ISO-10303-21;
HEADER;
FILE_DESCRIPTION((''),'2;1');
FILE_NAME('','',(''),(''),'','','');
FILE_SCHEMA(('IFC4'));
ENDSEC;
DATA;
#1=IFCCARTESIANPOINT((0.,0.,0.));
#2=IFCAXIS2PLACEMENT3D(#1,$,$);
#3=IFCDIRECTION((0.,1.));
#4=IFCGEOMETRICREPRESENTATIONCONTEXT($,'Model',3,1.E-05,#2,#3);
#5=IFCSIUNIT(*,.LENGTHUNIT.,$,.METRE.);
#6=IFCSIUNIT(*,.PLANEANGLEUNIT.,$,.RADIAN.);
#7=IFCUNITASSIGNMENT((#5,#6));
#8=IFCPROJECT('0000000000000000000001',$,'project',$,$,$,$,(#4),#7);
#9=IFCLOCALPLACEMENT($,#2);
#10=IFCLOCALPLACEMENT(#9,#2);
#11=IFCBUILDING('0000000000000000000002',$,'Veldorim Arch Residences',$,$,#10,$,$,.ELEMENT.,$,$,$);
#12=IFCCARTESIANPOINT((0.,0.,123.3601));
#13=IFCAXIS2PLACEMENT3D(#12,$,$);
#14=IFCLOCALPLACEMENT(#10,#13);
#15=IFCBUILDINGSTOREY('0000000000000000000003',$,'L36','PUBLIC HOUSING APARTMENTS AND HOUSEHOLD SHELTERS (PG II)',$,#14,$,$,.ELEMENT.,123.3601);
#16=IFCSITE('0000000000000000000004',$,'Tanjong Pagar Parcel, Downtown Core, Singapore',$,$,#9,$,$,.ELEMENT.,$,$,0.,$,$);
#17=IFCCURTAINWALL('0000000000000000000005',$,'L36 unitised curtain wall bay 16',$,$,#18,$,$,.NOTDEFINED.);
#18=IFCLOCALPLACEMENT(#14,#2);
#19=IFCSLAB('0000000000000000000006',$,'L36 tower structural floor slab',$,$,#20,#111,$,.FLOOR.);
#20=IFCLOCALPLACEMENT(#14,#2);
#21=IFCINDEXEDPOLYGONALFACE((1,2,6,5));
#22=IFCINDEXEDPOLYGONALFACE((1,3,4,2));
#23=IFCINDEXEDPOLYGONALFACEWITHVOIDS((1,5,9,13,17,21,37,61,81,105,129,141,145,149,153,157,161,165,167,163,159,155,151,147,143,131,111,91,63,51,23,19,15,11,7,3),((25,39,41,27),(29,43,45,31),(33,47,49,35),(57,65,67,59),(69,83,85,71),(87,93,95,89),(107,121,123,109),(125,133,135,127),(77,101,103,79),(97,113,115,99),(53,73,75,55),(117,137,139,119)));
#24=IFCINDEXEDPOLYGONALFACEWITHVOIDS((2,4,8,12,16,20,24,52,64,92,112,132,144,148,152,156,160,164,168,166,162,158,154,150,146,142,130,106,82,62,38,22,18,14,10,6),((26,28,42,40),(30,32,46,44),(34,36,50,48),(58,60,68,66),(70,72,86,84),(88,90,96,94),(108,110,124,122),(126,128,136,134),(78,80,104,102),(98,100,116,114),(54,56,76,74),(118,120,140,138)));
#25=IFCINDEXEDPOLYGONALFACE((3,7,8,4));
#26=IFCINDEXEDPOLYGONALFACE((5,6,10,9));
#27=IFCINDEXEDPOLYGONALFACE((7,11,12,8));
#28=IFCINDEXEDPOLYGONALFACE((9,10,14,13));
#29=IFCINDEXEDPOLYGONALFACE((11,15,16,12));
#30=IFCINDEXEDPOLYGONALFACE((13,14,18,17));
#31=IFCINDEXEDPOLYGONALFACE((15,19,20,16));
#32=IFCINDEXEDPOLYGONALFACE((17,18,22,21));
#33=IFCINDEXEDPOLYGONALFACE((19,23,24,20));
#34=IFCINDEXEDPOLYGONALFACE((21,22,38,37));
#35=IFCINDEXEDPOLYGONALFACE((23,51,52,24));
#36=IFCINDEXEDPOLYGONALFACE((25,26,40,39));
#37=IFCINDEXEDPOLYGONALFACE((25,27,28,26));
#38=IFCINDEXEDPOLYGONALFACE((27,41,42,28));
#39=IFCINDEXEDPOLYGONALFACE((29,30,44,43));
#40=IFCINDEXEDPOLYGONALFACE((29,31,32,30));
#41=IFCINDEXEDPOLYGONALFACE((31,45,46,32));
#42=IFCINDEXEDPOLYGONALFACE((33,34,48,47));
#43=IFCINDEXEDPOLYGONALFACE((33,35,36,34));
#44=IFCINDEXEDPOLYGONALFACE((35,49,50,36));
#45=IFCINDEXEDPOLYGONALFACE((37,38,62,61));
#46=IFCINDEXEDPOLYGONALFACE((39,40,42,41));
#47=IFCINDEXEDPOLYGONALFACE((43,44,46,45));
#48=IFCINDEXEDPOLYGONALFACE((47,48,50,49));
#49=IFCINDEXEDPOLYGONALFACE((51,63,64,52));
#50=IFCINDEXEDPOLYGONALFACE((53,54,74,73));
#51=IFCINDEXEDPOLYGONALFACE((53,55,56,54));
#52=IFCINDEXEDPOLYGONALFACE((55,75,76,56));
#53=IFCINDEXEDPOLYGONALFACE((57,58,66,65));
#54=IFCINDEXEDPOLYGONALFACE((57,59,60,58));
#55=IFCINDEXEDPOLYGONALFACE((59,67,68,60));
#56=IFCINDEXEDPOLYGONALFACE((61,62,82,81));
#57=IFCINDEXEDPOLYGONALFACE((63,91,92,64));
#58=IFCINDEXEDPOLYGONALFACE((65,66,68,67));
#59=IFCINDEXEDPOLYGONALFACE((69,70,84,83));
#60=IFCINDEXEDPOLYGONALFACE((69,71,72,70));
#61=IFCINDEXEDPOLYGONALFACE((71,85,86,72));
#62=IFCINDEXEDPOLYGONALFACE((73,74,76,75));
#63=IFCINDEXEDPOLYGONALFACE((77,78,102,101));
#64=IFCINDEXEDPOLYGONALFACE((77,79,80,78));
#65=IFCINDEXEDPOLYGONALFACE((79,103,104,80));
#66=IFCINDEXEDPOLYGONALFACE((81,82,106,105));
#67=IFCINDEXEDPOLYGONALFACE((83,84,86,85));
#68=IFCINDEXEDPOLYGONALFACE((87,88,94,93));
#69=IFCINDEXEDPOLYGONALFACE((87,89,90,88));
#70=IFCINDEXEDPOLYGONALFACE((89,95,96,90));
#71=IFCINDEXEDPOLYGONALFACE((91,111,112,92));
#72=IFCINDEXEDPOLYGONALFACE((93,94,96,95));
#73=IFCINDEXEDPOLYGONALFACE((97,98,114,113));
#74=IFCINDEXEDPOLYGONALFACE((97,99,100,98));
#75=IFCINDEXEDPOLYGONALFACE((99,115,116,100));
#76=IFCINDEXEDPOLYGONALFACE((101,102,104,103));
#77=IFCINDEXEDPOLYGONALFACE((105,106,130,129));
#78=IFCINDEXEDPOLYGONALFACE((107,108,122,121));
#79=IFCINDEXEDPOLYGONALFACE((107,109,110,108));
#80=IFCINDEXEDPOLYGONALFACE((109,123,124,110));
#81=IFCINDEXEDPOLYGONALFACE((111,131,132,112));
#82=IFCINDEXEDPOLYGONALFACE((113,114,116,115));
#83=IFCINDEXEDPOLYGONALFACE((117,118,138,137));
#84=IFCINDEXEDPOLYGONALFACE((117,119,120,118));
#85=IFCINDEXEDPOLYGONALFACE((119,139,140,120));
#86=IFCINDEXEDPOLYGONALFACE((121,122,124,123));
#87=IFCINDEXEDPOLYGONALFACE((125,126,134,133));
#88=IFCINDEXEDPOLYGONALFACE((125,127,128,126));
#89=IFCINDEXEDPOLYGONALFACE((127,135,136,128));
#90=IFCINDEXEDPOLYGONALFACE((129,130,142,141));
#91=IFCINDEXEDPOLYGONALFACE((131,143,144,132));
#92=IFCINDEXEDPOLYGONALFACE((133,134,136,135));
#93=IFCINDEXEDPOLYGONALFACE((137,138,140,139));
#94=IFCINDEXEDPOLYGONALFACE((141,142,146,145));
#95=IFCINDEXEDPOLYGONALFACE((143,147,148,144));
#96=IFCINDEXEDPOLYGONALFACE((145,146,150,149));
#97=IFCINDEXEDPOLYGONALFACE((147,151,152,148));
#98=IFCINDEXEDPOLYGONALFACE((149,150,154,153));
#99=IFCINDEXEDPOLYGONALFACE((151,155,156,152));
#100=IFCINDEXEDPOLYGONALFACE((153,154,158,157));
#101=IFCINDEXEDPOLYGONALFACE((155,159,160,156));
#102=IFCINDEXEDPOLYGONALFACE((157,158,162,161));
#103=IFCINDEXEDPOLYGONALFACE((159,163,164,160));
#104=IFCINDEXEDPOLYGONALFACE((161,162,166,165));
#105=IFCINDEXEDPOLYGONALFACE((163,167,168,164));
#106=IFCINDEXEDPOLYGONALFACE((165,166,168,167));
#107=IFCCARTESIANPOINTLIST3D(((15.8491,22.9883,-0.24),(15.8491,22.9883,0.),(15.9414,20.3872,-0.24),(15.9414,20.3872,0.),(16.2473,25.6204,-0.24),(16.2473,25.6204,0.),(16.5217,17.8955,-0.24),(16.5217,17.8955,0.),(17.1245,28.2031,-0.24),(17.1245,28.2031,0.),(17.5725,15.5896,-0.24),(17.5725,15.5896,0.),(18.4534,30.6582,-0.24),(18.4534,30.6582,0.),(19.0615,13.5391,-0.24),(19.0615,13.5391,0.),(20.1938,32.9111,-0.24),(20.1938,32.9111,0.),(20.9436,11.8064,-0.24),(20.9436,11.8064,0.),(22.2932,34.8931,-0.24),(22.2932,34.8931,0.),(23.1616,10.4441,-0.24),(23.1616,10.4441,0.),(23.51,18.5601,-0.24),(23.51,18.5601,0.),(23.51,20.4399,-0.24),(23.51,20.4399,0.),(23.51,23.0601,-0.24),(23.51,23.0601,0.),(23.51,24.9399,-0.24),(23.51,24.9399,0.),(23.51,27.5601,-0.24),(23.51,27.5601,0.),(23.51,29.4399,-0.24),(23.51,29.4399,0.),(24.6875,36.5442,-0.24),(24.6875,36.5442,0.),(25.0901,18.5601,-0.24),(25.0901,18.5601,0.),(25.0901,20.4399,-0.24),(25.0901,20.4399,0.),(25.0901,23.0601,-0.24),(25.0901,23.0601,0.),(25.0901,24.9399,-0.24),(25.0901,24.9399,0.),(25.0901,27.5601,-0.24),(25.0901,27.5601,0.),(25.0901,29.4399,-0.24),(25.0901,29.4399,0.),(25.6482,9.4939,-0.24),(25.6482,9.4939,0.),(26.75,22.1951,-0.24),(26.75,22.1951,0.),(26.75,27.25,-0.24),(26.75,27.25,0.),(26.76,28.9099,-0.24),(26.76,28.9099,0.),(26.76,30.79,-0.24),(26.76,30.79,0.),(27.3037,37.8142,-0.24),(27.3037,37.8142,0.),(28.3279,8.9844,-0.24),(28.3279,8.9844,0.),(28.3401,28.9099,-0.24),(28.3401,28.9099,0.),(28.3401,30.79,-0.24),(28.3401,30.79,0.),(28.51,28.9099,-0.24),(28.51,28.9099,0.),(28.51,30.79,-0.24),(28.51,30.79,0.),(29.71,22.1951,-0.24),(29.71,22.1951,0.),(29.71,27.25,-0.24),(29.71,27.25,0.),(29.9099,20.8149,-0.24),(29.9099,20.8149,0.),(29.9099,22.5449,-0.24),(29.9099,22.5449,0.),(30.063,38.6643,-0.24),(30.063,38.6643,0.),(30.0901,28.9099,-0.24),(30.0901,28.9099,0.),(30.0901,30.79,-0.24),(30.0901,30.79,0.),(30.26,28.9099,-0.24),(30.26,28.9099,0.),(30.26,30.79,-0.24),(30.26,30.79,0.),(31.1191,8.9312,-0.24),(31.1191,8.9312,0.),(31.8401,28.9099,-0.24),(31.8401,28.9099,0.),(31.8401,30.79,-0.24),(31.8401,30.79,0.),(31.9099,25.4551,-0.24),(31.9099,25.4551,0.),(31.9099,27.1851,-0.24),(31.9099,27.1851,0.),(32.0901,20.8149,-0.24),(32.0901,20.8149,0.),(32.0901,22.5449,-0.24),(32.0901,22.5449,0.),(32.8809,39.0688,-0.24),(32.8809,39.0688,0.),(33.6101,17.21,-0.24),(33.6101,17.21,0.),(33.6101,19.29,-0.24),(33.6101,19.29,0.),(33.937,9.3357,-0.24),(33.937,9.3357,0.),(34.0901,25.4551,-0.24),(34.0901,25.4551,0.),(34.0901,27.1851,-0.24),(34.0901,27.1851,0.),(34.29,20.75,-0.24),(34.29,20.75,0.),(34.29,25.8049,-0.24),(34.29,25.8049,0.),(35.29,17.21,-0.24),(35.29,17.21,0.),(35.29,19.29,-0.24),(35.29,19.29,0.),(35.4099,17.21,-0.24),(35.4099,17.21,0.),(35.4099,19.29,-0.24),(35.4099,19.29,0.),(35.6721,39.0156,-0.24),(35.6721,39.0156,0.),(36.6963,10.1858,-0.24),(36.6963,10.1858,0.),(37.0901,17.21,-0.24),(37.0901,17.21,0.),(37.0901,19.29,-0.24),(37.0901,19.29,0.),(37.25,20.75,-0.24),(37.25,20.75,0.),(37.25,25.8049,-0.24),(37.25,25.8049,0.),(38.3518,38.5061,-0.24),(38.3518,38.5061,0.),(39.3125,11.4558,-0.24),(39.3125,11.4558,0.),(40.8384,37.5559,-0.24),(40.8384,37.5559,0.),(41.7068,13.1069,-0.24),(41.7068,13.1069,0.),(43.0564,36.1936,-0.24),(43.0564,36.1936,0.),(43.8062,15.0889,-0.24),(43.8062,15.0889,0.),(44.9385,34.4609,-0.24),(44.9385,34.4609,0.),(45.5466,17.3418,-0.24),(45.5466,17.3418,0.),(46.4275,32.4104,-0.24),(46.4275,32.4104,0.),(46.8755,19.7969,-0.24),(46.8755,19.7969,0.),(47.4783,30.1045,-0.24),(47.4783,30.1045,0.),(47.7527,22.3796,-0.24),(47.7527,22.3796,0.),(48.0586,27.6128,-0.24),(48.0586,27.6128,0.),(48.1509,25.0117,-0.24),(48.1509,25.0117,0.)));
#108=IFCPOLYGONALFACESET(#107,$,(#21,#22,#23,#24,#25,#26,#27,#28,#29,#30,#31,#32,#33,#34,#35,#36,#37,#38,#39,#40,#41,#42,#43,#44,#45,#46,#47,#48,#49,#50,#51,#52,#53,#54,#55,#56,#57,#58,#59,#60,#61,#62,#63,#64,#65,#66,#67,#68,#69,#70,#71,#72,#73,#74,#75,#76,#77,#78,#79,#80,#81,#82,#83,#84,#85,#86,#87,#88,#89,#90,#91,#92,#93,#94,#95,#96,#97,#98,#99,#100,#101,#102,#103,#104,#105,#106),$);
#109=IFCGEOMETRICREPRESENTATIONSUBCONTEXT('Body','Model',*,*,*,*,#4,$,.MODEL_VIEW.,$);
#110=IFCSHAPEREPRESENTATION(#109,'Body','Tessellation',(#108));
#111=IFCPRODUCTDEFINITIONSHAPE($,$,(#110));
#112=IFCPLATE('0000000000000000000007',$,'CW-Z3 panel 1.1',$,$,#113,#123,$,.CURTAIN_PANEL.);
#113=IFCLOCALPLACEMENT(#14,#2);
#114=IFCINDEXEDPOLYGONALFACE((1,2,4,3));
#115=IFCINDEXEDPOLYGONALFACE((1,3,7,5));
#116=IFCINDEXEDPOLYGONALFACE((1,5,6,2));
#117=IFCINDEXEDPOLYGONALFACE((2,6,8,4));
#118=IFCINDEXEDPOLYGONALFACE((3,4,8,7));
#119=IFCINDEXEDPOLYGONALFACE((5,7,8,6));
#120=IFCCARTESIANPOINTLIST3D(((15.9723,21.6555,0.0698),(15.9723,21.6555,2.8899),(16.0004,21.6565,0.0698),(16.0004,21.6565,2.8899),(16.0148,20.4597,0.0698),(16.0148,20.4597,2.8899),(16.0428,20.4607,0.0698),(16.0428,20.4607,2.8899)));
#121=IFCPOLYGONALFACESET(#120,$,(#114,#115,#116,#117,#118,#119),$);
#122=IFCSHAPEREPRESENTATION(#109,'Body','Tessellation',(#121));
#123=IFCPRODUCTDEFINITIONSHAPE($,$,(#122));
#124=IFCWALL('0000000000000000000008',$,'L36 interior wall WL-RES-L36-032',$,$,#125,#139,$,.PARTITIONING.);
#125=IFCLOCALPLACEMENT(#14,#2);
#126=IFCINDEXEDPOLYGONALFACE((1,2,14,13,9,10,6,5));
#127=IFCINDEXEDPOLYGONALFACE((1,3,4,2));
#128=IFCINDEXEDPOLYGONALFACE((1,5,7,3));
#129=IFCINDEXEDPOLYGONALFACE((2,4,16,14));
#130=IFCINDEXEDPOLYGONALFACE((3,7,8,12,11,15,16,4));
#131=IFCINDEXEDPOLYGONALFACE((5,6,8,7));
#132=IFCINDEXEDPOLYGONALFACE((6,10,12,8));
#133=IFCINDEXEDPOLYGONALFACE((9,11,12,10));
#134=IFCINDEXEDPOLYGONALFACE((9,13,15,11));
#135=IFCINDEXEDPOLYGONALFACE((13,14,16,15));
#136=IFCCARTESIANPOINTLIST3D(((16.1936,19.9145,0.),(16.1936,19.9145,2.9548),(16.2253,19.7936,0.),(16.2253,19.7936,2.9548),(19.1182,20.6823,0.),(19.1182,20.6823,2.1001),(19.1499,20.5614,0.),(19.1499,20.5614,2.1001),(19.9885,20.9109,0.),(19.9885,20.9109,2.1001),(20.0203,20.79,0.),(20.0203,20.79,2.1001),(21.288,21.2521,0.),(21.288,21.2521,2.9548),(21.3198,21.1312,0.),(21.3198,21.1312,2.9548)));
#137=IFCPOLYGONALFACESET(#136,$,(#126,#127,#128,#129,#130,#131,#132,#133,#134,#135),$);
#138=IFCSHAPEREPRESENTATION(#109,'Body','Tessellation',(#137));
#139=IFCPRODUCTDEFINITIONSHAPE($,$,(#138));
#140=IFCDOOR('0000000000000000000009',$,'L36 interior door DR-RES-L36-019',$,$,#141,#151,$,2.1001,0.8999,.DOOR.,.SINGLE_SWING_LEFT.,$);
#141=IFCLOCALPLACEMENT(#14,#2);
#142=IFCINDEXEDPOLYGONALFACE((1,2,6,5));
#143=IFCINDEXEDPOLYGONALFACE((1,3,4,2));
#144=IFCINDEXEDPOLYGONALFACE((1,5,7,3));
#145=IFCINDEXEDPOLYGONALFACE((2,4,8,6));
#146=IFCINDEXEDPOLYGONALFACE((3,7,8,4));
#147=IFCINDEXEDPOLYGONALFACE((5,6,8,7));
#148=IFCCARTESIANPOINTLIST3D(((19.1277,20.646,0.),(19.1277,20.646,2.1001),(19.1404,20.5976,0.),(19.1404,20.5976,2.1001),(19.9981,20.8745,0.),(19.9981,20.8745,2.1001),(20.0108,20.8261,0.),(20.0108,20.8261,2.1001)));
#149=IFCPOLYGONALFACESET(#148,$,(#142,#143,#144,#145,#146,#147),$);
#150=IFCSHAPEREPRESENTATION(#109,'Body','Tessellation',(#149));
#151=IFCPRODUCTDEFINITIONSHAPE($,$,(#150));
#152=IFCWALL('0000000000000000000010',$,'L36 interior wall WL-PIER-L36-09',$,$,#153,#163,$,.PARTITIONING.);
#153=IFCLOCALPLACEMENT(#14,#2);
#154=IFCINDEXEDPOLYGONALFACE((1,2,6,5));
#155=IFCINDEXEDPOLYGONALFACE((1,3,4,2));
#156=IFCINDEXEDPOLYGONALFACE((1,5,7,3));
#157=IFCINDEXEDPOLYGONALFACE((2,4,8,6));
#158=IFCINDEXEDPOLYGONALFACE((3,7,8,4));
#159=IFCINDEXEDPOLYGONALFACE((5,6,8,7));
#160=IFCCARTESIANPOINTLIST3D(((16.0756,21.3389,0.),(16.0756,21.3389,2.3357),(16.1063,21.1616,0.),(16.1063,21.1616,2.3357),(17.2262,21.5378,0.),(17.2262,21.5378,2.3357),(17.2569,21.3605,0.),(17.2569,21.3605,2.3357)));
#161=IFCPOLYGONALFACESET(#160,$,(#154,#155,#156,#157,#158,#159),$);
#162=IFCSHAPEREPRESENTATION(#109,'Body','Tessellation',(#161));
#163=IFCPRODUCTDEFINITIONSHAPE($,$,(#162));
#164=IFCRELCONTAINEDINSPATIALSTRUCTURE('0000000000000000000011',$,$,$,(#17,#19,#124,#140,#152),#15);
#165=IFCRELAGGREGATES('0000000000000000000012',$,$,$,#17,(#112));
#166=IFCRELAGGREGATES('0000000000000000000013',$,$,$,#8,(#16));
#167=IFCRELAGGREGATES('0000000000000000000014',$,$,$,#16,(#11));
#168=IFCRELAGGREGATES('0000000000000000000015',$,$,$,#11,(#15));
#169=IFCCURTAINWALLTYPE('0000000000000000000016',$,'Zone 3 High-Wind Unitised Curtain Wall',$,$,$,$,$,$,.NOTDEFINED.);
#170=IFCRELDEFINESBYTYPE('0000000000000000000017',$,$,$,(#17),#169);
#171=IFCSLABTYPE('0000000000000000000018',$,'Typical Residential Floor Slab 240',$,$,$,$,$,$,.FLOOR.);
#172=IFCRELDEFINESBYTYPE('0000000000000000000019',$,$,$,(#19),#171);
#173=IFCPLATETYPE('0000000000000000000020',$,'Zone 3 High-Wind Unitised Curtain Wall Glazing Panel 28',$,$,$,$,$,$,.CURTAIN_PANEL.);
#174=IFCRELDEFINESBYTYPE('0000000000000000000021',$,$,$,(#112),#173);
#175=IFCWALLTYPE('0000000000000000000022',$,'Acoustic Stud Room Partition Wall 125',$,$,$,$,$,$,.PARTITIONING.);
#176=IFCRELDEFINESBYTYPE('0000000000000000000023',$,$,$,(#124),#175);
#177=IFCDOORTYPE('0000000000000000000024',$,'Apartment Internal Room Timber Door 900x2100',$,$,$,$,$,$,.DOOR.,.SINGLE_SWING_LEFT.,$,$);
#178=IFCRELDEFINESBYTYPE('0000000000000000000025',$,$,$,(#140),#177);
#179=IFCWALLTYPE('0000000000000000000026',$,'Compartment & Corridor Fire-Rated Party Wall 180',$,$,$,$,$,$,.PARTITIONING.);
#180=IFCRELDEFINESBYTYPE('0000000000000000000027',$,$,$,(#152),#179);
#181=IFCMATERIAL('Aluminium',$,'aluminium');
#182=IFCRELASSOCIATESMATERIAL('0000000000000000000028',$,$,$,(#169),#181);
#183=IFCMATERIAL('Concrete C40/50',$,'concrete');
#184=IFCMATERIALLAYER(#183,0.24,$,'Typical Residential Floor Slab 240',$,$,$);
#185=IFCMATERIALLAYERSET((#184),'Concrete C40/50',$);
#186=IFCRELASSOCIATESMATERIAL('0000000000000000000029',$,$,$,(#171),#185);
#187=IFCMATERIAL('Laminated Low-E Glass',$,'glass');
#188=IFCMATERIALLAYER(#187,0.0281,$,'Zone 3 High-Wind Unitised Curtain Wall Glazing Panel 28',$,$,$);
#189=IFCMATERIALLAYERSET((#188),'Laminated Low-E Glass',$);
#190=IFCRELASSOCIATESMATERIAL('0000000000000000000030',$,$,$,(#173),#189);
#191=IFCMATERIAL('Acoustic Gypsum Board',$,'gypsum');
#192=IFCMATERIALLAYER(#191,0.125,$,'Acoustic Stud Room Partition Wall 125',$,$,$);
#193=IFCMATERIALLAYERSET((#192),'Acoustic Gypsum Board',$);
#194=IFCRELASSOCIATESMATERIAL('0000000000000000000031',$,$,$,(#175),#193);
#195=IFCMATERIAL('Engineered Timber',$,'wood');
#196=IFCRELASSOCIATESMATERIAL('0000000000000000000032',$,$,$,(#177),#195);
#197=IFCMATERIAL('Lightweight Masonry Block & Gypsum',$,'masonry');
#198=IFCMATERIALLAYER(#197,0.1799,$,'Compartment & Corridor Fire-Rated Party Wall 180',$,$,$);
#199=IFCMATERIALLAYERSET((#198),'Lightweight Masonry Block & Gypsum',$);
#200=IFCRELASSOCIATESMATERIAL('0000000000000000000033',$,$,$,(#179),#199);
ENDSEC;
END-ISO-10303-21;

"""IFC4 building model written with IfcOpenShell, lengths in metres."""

from ifc_helpers import new_model, si_unit, direction, frame, frame_2d, origin, origin_2d, place, context, subcontext, project, spatial, polyline, rectangle, outline, extrude, material, layer, layer_set, type_object, element, fill, aggregate, save


model = new_model("IFC4")

# Units and contexts
model_context = context("Model", 3, precision=1e-05, world=origin(), true_north=direction((0.0, 1.0)))
body_context = subcontext(model_context, "Body", "Model", "MODEL_VIEW")
ifc_project = project(units=[si_unit("LENGTHUNIT", "METRE"), si_unit("PLANEANGLEUNIT", "RADIAN")], contexts=[model_context])

# Site, building, storey
site_placement = place(None, origin())
site = spatial("IfcSite", under=ifc_project, at=site_placement, Name="Tanjong Pagar Parcel, Downtown Core, Singapore", CompositionType="ELEMENT", RefElevation=0.0)
building_placement = place(site_placement, origin())
building = spatial("IfcBuilding", under=site, at=building_placement, Name="Veldorim Arch Residences", CompositionType="ELEMENT")
storey_placement = place(building_placement, frame((0.0, 0.0, 123.3601)))
storey = spatial("IfcBuildingStorey", under=building, at=storey_placement, Name="L36", Description="PUBLIC HOUSING APARTMENTS AND HOUSEHOLD SHELTERS (PG II)", CompositionType="ELEMENT", Elevation=123.3601)

# Curtain wall
ifc_material_1 = material(Name="Aluminium", Category="aluminium")
curtain_wall_type = type_object("IfcCurtainWallType", Name="Zone 3 High-Wind Unitised Curtain Wall", PredefinedType="NOTDEFINED", material=ifc_material_1)
curtain_wall_placement = place(storey_placement, origin())
curtain_wall = element("IfcCurtainWall", 1, at=curtain_wall_placement, inside=storey, type_object=curtain_wall_type, Name="L36 unitised curtain wall bay 16", PredefinedType="NOTDEFINED")

# Slab
ifc_material_2 = material(Name="Concrete C40/50", Category="concrete")
ifc_layer_1 = layer(ifc_material_2, 0.24, Name="Typical Residential Floor Slab 240")
ifc_layer_set_1 = layer_set([ifc_layer_1], Name="Concrete C40/50")
slab_type_1 = type_object("IfcSlabType", Name="Typical Residential Floor Slab 240", PredefinedType="FLOOR", material=ifc_layer_set_1)
slab_1_placement = place(storey_placement, frame((0.0, 0.0, -0.24)))
element("IfcSlab", 2, at=slab_1_placement, inside=storey, type_object=slab_type_1, Name="L36 tower structural floor slab", PredefinedType="FLOOR", context=body_context, shape_type="SweptSolid", body=[
    extrude(outline(polyline([(46.4275, 32.4104), (44.9385, 34.4609), (43.0564, 36.1936), (40.8384, 37.5559), (38.3518, 38.5061), (35.6721, 39.0156), (32.8809, 39.0688), (30.063, 38.6643), (27.3037, 37.8142), (24.6875, 36.5442), (22.2932, 34.8931), (20.1938, 32.9111), (18.4534, 30.6582), (17.1245, 28.2031), (16.2473, 25.6204), (15.8491, 22.9883), (15.9414, 20.3872), (16.5217, 17.8955), (17.5725, 15.5896), (19.0615, 13.5391), (20.9436, 11.8064), (23.1616, 10.4441), (25.6482, 9.4939), (28.3279, 8.9844), (31.1191, 8.9312), (33.937, 9.3357), (36.6963, 10.1858), (39.3125, 11.4558), (41.7068, 13.1069), (43.8062, 15.0889), (45.5466, 17.3418), (46.8755, 19.7969), (47.7527, 22.3796), (48.1509, 25.0117), (48.0586, 27.6128), (47.4783, 30.1045), (46.4275, 32.4104)]), holes=[polyline([(23.51, 18.5601), (23.51, 20.4399), (25.0901, 20.4399), (25.0901, 18.5601), (23.51, 18.5601)]), polyline([(23.51, 24.9399), (25.0901, 24.9399), (25.0901, 23.0601), (23.51, 23.0601), (23.51, 24.9399)]), polyline([(26.75, 27.25), (29.71, 27.25), (29.71, 22.1951), (26.75, 22.1951), (26.75, 27.25)]), polyline([(23.51, 27.5601), (23.51, 29.4399), (25.0901, 29.4399), (25.0901, 27.5601), (23.51, 27.5601)]), polyline([(26.76, 30.79), (28.3401, 30.79), (28.3401, 28.9099), (26.76, 28.9099), (26.76, 30.79)]), polyline([(28.51, 30.79), (30.0901, 30.79), (30.0901, 28.9099), (28.51, 28.9099), (28.51, 30.79)]), polyline([(33.6101, 17.21), (33.6101, 19.29), (35.29, 19.29), (35.29, 17.21), (33.6101, 17.21)]), polyline([(35.4099, 19.29), (37.0901, 19.29), (37.0901, 17.21), (35.4099, 17.21), (35.4099, 19.29)]), polyline([(29.9099, 22.5449), (32.0901, 22.5449), (32.0901, 20.8149), (29.9099, 20.8149), (29.9099, 22.5449)]), polyline([(34.29, 20.75), (34.29, 25.8049), (37.25, 25.8049), (37.25, 20.75), (34.29, 20.75)]), polyline([(31.9099, 27.1851), (34.0901, 27.1851), (34.0901, 25.4551), (31.9099, 25.4551), (31.9099, 27.1851)]), polyline([(30.26, 30.79), (31.8401, 30.79), (31.8401, 28.9099), (30.26, 28.9099), (30.26, 30.79)])]), origin(), (0.0, 0.0, 1.0), 0.24),
])

# Plate
ifc_material_3 = material(Name="Laminated Low-E Glass", Category="glass")
ifc_layer_2 = layer(ifc_material_3, 0.0281, Name="Zone 3 High-Wind Unitised Curtain Wall Glazing Panel 28")
ifc_layer_set_2 = layer_set([ifc_layer_2], Name="Laminated Low-E Glass")
plate_type = type_object("IfcPlateType", Name="Zone 3 High-Wind Unitised Curtain Wall Glazing Panel 28", PredefinedType="CURTAIN_PANEL", material=ifc_layer_set_2)
plate_placement = place(storey_placement, frame((16.0076, 21.0581, 0.0698), z_axis=(0.0, 0.0, 1.0), x_axis=(-0.035498, 0.99937, 0.0)))
plate = element("IfcPlate", 3, at=plate_placement, type_object=plate_type, Name="CW-Z3 panel 1.1", PredefinedType="CURTAIN_PANEL", context=body_context, shape_type="SweptSolid", body=[
    extrude(rectangle(XDim=1.1965, YDim=0.0281, at=origin_2d()), origin(), (0.0, 0.0, 1.0), 2.8201),
])
aggregate(curtain_wall, [plate])

# Wall, opening, door
ifc_material_4 = material(Name="Acoustic Gypsum Board", Category="gypsum")
ifc_layer_3 = layer(ifc_material_4, 0.125, Name="Acoustic Stud Room Partition Wall 125")
ifc_layer_set_3 = layer_set([ifc_layer_3], Name="Acoustic Gypsum Board")
wall_type_1 = type_object("IfcWallType", Name="Acoustic Stud Room Partition Wall 125", PredefinedType="PARTITIONING", material=ifc_layer_set_3)
wall_1_placement = place(storey_placement, frame((16.2095, 19.854, 0.0), z_axis=(0.0, 0.0, 1.0), x_axis=(0.967215, 0.253959, 0.0)))
wall_1 = element("IfcWall", 4, at=wall_1_placement, inside=storey, type_object=wall_type_1, Name="L36 interior wall WL-RES-L36-032", PredefinedType="PARTITIONING", context=body_context, shape_type="SweptSolid", body=[
    extrude(rectangle(XDim=5.2671, YDim=0.125, at=frame_2d((2.6335, 0.0))), origin(), (0.0, 0.0, 1.0), 2.9548),
])
opening_1_placement = place(wall_1_placement, frame((3.0237, 0.0, 0.0)))
opening_1 = element("IfcOpeningElement", 5, at=opening_1_placement, cuts=wall_1, PredefinedType="OPENING", context=body_context, shape_type="SweptSolid", body=[
    extrude(rectangle(XDim=0.8999, YDim=2.1001, at=frame_2d((0.45, 1.05))), frame((0.0, 0.0725, 0.0), z_axis=(0.0, -1.0, 0.0), x_axis=(1.0, 0.0, 0.0)), (0.0, 0.0, 1.0), 0.145),
])
ifc_material_5 = material(Name="Engineered Timber", Category="wood")
door_type = type_object("IfcDoorType", Name="Apartment Internal Room Timber Door 900x2100", OperationType="SINGLE_SWING_LEFT", PredefinedType="DOOR", material=ifc_material_5)
door_placement = place(opening_1_placement, origin())
door = element("IfcDoor", 6, at=door_placement, inside=storey, type_object=door_type, Name="L36 interior door DR-RES-L36-019", OperationType="SINGLE_SWING_LEFT", OverallHeight=2.1001, OverallWidth=0.8999, PredefinedType="DOOR", context=body_context, shape_type="SweptSolid", body=[
    extrude(rectangle(XDim=0.8999, YDim=2.1001, at=frame_2d((0.45, 1.05))), frame((0.0, 0.0249, 0.0), z_axis=(0.0, -1.0, 0.0), x_axis=(1.0, 0.0, 0.0)), (0.0, 0.0, 1.0), 0.05),
])
fill(opening_1, door)

# Wall
ifc_material_6 = material(Name="Lightweight Masonry Block & Gypsum", Category="masonry")
ifc_layer_4 = layer(ifc_material_6, 0.1799, Name="Compartment & Corridor Fire-Rated Party Wall 180")
ifc_layer_set_4 = layer_set([ifc_layer_4], Name="Lightweight Masonry Block & Gypsum")
wall_type_2 = type_object("IfcWallType", Name="Compartment & Corridor Fire-Rated Party Wall 180", PredefinedType="PARTITIONING", material=ifc_layer_set_4)
wall_2_placement = place(storey_placement, frame((17.2417, 21.4492, 0.0), z_axis=(0.0, 0.0, 1.0), x_axis=(-0.985375, -0.170397, 0.0)))
element("IfcWall", 7, at=wall_2_placement, inside=storey, type_object=wall_type_2, Name="L36 interior wall WL-PIER-L36-09", PredefinedType="PARTITIONING", context=body_context, shape_type="SweptSolid", body=[
    extrude(rectangle(XDim=1.1677, YDim=0.1799, at=frame_2d((0.584, 0.0))), origin(), (0.0, 0.0, 1.0), 2.3357),
])

save(model, "model.ifc")
